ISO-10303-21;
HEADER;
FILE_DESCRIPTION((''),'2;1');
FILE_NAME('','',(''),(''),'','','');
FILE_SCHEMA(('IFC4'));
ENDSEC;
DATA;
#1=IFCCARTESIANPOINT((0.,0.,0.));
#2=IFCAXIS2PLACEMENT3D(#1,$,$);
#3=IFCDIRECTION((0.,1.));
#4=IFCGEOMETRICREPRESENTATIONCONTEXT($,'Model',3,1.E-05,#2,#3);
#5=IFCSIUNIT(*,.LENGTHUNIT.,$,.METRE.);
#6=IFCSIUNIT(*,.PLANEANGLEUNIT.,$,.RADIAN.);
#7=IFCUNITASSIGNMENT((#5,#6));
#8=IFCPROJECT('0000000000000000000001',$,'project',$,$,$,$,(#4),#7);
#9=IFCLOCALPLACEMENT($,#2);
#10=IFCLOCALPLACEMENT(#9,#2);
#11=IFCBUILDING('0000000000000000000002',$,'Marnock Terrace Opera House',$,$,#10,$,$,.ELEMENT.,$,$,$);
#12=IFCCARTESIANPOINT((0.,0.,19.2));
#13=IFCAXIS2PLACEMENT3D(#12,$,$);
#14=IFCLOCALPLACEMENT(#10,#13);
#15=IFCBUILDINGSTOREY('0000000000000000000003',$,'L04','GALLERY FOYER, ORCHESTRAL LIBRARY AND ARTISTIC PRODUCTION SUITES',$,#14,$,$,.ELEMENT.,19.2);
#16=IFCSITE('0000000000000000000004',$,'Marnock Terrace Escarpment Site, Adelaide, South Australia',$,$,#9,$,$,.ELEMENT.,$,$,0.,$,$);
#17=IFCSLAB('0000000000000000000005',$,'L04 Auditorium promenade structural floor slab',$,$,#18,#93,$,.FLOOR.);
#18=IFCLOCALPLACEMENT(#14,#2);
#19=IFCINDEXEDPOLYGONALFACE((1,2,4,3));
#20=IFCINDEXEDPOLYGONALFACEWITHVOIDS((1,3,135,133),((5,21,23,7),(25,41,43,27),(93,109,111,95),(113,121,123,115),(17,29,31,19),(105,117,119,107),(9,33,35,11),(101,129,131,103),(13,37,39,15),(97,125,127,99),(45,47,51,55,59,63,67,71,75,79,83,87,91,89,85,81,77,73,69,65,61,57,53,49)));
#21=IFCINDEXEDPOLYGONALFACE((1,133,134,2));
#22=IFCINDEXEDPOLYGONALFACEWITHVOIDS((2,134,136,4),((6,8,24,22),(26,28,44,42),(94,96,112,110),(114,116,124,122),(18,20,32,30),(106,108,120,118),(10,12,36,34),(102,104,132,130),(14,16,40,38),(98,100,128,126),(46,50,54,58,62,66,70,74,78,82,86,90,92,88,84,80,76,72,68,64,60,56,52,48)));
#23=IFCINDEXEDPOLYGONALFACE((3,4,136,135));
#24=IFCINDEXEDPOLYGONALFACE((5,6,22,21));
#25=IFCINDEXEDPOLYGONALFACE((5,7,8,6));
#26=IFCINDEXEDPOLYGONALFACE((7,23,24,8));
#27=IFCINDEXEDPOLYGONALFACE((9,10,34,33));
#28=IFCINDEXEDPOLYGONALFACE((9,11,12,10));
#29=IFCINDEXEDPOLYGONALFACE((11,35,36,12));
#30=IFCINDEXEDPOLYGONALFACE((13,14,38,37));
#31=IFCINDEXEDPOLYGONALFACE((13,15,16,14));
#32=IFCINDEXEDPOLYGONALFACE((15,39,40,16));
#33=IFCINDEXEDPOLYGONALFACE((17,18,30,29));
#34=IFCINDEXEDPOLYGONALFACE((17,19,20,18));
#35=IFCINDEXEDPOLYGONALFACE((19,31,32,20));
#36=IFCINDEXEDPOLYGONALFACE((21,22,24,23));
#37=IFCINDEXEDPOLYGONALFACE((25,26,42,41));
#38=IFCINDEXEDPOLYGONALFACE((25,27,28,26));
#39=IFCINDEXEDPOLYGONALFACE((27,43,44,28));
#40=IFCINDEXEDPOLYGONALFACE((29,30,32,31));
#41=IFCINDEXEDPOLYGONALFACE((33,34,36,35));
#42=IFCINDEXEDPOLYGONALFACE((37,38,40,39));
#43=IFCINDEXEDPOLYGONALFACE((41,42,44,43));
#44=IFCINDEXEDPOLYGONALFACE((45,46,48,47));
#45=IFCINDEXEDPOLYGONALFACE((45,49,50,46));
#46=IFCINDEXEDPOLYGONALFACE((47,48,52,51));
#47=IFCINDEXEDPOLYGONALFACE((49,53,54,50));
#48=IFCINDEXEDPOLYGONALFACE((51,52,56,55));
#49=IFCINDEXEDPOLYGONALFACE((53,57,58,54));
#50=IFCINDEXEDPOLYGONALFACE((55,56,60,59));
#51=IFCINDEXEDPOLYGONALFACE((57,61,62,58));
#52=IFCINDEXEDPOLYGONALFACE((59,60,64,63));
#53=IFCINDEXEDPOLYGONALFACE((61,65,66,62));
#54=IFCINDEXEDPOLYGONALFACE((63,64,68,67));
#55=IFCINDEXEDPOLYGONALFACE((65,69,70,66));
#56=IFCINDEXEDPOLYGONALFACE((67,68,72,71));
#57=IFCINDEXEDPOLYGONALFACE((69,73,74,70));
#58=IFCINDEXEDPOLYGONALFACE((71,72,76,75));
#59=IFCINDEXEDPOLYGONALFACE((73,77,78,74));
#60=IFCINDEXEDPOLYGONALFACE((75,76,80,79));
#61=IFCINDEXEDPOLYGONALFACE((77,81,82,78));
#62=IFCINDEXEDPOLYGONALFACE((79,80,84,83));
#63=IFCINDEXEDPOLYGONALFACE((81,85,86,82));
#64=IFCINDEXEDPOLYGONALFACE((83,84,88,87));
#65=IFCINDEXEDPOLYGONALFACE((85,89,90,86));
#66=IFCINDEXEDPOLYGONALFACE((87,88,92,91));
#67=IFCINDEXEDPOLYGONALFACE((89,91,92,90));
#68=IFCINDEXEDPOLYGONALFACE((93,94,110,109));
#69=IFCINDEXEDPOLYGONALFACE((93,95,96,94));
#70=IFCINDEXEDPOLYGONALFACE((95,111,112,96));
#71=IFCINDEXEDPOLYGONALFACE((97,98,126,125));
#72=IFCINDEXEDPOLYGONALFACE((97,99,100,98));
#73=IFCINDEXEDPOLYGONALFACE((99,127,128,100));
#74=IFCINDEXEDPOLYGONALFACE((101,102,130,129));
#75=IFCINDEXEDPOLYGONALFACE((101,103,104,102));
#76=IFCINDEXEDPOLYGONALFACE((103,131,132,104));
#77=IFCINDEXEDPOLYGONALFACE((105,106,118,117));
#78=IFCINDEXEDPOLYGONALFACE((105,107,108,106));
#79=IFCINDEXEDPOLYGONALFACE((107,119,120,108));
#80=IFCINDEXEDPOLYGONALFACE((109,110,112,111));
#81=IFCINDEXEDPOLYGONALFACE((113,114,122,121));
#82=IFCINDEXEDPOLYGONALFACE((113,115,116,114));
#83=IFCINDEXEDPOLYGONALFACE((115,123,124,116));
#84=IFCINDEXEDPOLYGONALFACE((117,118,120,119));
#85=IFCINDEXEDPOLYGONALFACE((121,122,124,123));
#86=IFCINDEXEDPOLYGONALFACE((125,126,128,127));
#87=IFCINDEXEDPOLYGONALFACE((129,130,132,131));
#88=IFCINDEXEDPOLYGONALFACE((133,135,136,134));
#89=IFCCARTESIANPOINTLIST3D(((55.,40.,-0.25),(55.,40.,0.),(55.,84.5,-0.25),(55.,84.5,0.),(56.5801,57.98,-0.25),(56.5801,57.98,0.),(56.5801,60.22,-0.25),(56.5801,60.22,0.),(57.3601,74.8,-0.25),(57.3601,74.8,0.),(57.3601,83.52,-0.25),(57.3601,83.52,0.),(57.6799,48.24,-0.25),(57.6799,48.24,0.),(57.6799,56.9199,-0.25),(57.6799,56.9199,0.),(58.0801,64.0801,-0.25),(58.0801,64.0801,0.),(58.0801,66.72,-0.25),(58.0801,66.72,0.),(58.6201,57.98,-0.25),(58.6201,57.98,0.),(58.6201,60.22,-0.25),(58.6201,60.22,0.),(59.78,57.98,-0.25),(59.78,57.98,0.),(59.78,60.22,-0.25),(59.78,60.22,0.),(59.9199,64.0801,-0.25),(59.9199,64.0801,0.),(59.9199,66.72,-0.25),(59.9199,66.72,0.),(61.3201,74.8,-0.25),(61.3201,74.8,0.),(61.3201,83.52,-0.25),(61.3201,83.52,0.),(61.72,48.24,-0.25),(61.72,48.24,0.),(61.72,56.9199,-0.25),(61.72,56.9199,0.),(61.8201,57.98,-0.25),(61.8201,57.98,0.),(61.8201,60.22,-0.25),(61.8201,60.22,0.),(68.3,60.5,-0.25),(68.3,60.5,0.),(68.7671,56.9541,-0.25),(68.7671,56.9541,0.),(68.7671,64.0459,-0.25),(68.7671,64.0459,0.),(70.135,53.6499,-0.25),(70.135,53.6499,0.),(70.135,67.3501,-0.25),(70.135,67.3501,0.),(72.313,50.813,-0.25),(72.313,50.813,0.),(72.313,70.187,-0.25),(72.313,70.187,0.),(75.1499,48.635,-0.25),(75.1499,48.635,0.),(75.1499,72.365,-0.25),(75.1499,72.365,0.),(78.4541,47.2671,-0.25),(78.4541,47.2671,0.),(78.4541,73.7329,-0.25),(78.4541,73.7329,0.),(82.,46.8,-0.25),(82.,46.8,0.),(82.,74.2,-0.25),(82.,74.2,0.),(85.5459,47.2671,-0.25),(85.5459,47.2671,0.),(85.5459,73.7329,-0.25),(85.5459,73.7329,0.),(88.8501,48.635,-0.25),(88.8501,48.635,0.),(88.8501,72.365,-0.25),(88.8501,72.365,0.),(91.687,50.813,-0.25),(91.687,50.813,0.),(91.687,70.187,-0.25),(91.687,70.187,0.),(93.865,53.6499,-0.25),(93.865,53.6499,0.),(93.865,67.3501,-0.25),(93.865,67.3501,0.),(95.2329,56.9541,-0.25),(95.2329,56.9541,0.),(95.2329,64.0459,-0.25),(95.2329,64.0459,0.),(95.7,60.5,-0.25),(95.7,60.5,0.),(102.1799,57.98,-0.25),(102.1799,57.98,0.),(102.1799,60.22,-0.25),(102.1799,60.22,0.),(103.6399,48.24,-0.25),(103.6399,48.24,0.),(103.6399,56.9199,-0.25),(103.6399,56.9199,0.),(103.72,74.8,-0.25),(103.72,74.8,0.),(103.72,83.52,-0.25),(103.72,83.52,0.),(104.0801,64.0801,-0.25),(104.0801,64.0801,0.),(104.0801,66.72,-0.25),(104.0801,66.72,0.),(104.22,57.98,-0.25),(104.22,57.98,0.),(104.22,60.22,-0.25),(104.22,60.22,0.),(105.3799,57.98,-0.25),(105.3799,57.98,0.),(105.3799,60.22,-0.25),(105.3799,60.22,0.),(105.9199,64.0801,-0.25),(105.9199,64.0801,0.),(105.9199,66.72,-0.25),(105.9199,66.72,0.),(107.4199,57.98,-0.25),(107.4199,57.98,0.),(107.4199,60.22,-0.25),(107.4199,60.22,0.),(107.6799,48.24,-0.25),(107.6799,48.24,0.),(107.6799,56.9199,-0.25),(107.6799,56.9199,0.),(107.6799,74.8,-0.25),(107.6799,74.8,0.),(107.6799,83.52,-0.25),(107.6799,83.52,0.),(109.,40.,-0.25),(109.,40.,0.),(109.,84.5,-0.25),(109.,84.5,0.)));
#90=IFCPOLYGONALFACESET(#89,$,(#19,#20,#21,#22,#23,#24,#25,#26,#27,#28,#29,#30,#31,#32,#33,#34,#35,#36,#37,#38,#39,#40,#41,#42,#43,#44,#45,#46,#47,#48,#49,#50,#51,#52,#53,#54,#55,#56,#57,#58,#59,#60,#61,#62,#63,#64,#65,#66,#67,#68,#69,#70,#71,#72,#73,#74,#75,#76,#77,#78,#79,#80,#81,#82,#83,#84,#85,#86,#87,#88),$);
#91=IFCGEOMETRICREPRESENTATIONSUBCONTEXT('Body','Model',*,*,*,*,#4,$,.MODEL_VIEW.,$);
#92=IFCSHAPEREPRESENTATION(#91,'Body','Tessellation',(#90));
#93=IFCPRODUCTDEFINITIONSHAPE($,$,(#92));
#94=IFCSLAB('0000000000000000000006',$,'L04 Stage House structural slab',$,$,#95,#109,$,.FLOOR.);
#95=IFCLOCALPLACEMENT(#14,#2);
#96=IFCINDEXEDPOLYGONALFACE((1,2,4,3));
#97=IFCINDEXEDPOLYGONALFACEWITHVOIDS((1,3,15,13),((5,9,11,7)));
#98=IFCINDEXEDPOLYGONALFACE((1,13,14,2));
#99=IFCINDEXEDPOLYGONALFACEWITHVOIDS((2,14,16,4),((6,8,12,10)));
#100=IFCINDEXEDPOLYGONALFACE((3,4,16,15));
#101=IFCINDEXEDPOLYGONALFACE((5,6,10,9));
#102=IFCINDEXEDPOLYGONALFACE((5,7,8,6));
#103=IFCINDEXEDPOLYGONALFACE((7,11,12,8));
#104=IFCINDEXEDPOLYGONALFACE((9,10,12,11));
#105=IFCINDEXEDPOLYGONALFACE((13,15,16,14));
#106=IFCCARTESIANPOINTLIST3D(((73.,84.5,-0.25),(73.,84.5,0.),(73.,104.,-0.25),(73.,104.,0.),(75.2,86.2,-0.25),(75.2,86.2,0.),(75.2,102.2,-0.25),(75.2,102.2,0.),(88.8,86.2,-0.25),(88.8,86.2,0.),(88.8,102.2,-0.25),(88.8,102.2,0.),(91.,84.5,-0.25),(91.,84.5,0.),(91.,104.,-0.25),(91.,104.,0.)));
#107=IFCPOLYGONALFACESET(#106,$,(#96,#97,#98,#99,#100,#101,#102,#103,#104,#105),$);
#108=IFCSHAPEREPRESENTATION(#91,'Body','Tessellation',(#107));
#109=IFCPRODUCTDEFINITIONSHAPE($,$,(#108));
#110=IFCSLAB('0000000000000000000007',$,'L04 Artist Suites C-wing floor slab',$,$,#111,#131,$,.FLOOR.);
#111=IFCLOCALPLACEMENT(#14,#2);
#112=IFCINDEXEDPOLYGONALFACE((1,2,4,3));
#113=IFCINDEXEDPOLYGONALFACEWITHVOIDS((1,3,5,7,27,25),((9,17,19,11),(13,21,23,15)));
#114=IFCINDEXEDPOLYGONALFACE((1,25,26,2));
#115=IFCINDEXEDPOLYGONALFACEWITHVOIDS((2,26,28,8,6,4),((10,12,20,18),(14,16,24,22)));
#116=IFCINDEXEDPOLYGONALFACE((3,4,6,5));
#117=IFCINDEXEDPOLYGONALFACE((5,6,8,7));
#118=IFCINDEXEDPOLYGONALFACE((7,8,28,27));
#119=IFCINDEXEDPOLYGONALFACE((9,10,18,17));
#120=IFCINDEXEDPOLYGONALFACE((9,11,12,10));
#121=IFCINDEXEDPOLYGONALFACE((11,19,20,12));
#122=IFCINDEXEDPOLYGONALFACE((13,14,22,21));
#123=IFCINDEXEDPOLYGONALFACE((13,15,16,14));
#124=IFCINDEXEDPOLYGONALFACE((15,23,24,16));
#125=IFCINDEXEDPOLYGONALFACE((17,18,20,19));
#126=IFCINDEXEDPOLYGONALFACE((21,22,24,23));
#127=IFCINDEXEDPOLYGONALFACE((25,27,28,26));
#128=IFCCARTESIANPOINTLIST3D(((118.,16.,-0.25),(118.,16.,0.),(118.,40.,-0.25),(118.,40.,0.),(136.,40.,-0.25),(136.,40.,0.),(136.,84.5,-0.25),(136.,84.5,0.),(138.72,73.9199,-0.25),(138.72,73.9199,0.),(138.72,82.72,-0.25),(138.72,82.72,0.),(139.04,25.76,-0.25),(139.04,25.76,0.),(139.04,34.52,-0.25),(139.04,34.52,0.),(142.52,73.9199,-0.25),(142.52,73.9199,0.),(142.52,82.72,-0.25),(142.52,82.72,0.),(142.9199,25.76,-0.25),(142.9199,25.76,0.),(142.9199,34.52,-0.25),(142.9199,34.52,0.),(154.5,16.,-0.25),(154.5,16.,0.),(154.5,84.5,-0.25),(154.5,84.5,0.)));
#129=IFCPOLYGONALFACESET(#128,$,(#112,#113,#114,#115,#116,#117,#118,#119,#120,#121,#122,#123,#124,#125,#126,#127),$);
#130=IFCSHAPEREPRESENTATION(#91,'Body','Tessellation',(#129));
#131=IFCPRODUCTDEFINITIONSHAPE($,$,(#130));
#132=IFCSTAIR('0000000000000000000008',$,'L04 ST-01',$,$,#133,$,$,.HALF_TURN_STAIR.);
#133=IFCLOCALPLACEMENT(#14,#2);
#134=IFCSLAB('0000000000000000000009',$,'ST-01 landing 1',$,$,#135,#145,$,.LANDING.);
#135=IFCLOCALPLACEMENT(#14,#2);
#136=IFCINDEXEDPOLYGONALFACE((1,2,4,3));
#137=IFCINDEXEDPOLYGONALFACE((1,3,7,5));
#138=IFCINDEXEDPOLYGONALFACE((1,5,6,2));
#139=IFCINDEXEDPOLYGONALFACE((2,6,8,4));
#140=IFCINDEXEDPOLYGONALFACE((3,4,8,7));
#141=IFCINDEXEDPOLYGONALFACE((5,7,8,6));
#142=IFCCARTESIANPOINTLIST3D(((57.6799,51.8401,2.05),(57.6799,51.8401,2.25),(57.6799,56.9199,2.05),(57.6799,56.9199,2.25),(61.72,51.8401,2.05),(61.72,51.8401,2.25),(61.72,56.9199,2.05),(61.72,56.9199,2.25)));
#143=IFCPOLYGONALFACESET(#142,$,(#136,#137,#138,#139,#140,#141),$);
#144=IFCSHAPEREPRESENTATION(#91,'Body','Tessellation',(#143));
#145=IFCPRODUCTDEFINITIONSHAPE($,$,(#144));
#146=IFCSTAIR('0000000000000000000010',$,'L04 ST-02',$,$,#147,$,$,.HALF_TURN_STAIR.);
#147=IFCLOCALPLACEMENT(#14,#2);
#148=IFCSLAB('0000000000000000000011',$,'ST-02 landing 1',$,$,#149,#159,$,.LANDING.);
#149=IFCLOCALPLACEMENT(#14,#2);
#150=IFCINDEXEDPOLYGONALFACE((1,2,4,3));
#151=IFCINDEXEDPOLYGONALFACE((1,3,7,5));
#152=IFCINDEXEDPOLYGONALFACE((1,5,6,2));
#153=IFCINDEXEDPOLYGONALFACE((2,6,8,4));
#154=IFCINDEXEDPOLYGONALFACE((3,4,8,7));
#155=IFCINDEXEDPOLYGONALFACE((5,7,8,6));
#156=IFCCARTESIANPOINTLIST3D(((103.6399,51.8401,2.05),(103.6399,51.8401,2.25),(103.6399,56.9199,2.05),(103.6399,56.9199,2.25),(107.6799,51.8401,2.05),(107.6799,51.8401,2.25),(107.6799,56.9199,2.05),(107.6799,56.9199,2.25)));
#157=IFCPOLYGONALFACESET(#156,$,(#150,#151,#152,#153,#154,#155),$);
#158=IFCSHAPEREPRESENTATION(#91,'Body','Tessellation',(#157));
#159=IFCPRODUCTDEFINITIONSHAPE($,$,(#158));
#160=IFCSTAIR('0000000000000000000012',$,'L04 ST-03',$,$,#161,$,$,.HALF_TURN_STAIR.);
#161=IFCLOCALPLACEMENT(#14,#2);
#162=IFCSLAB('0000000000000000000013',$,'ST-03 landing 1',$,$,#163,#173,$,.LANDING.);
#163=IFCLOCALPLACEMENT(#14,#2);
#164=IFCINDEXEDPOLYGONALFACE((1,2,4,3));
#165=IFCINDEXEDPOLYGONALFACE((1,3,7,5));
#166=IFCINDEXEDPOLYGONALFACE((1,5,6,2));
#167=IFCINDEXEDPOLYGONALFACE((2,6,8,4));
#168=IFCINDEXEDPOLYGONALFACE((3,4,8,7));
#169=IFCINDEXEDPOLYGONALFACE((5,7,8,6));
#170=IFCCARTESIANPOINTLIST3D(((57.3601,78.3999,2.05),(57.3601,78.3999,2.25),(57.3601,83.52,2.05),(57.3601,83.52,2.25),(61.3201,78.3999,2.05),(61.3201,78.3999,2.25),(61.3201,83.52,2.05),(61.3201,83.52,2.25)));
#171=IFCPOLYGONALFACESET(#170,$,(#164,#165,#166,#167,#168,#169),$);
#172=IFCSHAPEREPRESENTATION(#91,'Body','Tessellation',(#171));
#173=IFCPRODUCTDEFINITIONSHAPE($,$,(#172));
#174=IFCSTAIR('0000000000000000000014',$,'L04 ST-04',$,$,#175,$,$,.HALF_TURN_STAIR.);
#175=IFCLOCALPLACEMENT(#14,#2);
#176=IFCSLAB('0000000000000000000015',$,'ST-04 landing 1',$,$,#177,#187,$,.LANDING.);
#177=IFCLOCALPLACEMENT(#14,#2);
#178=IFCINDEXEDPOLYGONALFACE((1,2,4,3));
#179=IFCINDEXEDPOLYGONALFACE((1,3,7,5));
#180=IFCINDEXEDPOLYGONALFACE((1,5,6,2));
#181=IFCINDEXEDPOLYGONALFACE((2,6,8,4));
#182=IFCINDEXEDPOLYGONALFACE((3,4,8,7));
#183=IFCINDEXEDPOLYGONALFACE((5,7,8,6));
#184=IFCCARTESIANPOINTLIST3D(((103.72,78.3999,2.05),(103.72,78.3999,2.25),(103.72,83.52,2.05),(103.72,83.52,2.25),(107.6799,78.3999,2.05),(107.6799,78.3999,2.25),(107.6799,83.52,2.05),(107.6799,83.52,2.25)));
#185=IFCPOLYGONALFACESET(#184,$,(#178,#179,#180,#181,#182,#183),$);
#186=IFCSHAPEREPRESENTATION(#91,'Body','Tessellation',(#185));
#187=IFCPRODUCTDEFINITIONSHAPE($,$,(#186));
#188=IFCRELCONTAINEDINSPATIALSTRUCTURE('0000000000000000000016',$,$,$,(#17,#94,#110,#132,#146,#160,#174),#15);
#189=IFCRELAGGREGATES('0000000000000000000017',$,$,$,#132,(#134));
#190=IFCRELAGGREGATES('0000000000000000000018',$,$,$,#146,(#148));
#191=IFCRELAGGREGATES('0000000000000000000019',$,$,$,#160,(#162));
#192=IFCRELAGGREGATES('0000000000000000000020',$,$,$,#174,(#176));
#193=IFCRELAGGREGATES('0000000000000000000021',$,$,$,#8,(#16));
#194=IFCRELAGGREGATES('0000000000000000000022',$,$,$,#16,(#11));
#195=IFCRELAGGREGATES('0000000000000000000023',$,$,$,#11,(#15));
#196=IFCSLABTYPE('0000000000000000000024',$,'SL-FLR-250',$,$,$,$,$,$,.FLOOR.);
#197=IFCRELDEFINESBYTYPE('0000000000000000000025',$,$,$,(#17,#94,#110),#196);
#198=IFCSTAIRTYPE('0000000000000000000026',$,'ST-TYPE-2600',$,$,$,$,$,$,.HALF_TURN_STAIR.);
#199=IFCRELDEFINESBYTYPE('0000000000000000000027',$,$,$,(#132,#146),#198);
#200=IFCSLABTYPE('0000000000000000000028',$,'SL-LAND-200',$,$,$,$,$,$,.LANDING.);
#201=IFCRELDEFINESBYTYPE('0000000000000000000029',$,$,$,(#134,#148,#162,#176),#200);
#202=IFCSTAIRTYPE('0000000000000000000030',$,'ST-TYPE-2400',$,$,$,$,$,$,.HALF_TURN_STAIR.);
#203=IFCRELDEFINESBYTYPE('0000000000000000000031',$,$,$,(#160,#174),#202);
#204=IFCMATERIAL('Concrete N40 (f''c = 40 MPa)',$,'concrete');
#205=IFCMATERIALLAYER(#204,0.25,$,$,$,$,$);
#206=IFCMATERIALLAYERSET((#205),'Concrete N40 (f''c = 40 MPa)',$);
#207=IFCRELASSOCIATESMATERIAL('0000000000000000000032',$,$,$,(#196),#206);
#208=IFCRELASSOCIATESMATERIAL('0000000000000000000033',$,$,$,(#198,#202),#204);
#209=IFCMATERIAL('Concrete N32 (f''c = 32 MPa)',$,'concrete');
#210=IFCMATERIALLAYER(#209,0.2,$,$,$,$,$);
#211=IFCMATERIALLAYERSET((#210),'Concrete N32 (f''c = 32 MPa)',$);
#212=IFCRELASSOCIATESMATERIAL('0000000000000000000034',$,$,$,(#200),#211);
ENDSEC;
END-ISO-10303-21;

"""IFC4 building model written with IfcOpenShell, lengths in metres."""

from ifc_helpers import new_model, si_unit, direction, frame, origin, place, context, subcontext, project, spatial, polyline, outline, extrude, material, layer, layer_set, type_object, element, aggregate, save


model = new_model("IFC4")

# Units and contexts
model_context = context("Model", 3, precision=1e-05, world=origin(), true_north=direction((0.0, 1.0)))
body_context = subcontext(model_context, "Body", "Model", "MODEL_VIEW")
ifc_project = project(units=[si_unit("LENGTHUNIT", "METRE"), si_unit("PLANEANGLEUNIT", "RADIAN")], contexts=[model_context])

# Site, building, storey
site_placement = place(None, origin())
site = spatial("IfcSite", under=ifc_project, at=site_placement, Name="Marnock Terrace Escarpment Site, Adelaide, South Australia", CompositionType="ELEMENT", RefElevation=0.0)
building_placement = place(site_placement, origin())
building = spatial("IfcBuilding", under=site, at=building_placement, Name="Marnock Terrace Opera House", CompositionType="ELEMENT")
storey_placement = place(building_placement, frame((0.0, 0.0, 19.2)))
storey = spatial("IfcBuildingStorey", under=building, at=storey_placement, Name="L04", Description="GALLERY FOYER, ORCHESTRAL LIBRARY AND ARTISTIC PRODUCTION SUITES", CompositionType="ELEMENT", Elevation=19.2)

# Slabs
ifc_material_1 = material(Name="Concrete N40 (f'c = 40 MPa)", Category="concrete")
ifc_layer_1 = layer(ifc_material_1, 0.25)
ifc_layer_set_1 = layer_set([ifc_layer_1], Name="Concrete N40 (f'c = 40 MPa)")
slab_type_1 = type_object("IfcSlabType", Name="SL-FLR-250", PredefinedType="FLOOR", material=ifc_layer_set_1)
slab_1_placement = place(storey_placement, frame((0.0, 0.0, -0.25)))
element("IfcSlab", 1, at=slab_1_placement, inside=storey, type_object=slab_type_1, Name="L04 Auditorium promenade structural floor slab", PredefinedType="FLOOR", context=body_context, shape_type="SweptSolid", body=[
    extrude(outline(polyline([(55.0, 40.0), (109.0, 40.0), (109.0, 84.5), (55.0, 84.5), (55.0, 40.0)]), holes=[polyline([(61.72, 48.24), (61.72, 56.9199), (57.6799, 56.9199), (57.6799, 48.24), (61.72, 48.24)]), polyline([(56.5801, 57.98), (58.6201, 57.98), (58.6201, 60.22), (56.5801, 60.22), (56.5801, 57.98)]), polyline([(59.78, 57.98), (61.8201, 57.98), (61.8201, 60.22), (59.78, 60.22), (59.78, 57.98)]), polyline([(107.6799, 48.24), (107.6799, 56.9199), (103.6399, 56.9199), (103.6399, 48.24), (107.6799, 48.24)]), polyline([(102.1799, 57.98), (104.22, 57.98), (104.22, 60.22), (102.1799, 60.22), (102.1799, 57.98)]), polyline([(105.3799, 57.98), (107.4199, 57.98), (107.4199, 60.22), (105.3799, 60.22), (105.3799, 57.98)]), polyline([(61.3201, 74.8), (61.3201, 83.52), (57.3601, 83.52), (57.3601, 74.8), (61.3201, 74.8)]), polyline([(58.0801, 64.0801), (59.9199, 64.0801), (59.9199, 66.72), (58.0801, 66.72), (58.0801, 64.0801)]), polyline([(107.6799, 74.8), (107.6799, 83.52), (103.72, 83.52), (103.72, 74.8), (107.6799, 74.8)]), polyline([(104.0801, 64.0801), (105.9199, 64.0801), (105.9199, 66.72), (104.0801, 66.72), (104.0801, 64.0801)]), polyline([(95.7, 60.5), (95.2329, 64.0459), (93.865, 67.3501), (91.687, 70.187), (88.8501, 72.365), (85.5459, 73.7329), (82.0, 74.2), (78.4541, 73.7329), (75.1499, 72.365), (72.313, 70.187), (70.135, 67.3501), (68.7671, 64.0459), (68.3, 60.5), (68.7671, 56.9541), (70.135, 53.6499), (72.313, 50.813), (75.1499, 48.635), (78.4541, 47.2671), (82.0, 46.8), (85.5459, 47.2671), (88.8501, 48.635), (91.687, 50.813), (93.865, 53.6499), (95.2329, 56.9541), (95.7, 60.5)])]), origin(), (0.0, 0.0, 1.0), 0.25),
])
slab_2_placement = place(storey_placement, frame((0.0, 0.0, -0.25)))
element("IfcSlab", 2, at=slab_2_placement, inside=storey, type_object=slab_type_1, Name="L04 Stage House structural slab", PredefinedType="FLOOR", context=body_context, shape_type="SweptSolid", body=[
    extrude(outline(polyline([(73.0, 84.5), (91.0, 84.5), (91.0, 104.0), (73.0, 104.0), (73.0, 84.5)]), holes=[polyline([(75.2, 86.2), (88.8, 86.2), (88.8, 102.2), (75.2, 102.2), (75.2, 86.2)])]), origin(), (0.0, 0.0, 1.0), 0.25),
])
slab_3_placement = place(storey_placement, frame((0.0, 0.0, -0.25)))
element("IfcSlab", 3, at=slab_3_placement, inside=storey, type_object=slab_type_1, Name="L04 Artist Suites C-wing floor slab", PredefinedType="FLOOR", context=body_context, shape_type="SweptSolid", body=[
    extrude(outline(polyline([(118.0, 16.0), (154.5, 16.0), (154.5, 84.5), (136.0, 84.5), (136.0, 40.0), (118.0, 40.0), (118.0, 16.0)]), holes=[polyline([(142.9199, 25.76), (142.9199, 34.52), (139.04, 34.52), (139.04, 25.76), (142.9199, 25.76)]), polyline([(142.52, 73.9199), (142.52, 82.72), (138.72, 82.72), (138.72, 73.9199), (142.52, 73.9199)])]), origin(), (0.0, 0.0, 1.0), 0.25),
])

# Stairs, slabs
stair_type_1 = type_object("IfcStairType", Name="ST-TYPE-2600", PredefinedType="HALF_TURN_STAIR", material=ifc_material_1)
stair_1_placement = place(storey_placement, origin())
stair_1 = element("IfcStair", 4, at=stair_1_placement, inside=storey, type_object=stair_type_1, Name="L04 ST-01", PredefinedType="HALF_TURN_STAIR")
ifc_material_2 = material(Name="Concrete N32 (f'c = 32 MPa)", Category="concrete")
ifc_layer_2 = layer(ifc_material_2, 0.2)
ifc_layer_set_2 = layer_set([ifc_layer_2], Name="Concrete N32 (f'c = 32 MPa)")
slab_type_2 = type_object("IfcSlabType", Name="SL-LAND-200", PredefinedType="LANDING", material=ifc_layer_set_2)
slab_4_placement = place(storey_placement, frame((0.0, 0.0, 2.05)))
slab_4 = element("IfcSlab", 5, at=slab_4_placement, type_object=slab_type_2, Name="ST-01 landing 1", PredefinedType="LANDING", context=body_context, shape_type="SweptSolid", body=[
    extrude(outline(polyline([(61.72, 51.8401), (61.72, 56.9199), (57.6799, 56.9199), (57.6799, 51.8401), (61.72, 51.8401)])), origin(), (0.0, 0.0, 1.0), 0.2),
])
aggregate(stair_1, [slab_4])
stair_2_placement = place(storey_placement, origin())
stair_2 = element("IfcStair", 6, at=stair_2_placement, inside=storey, type_object=stair_type_1, Name="L04 ST-02", PredefinedType="HALF_TURN_STAIR")
slab_5_placement = place(storey_placement, frame((0.0, 0.0, 2.05)))
slab_5 = element("IfcSlab", 7, at=slab_5_placement, type_object=slab_type_2, Name="ST-02 landing 1", PredefinedType="LANDING", context=body_context, shape_type="SweptSolid", body=[
    extrude(outline(polyline([(107.6799, 51.8401), (107.6799, 56.9199), (103.6399, 56.9199), (103.6399, 51.8401), (107.6799, 51.8401)])), origin(), (0.0, 0.0, 1.0), 0.2),
])
aggregate(stair_2, [slab_5])
stair_type_2 = type_object("IfcStairType", Name="ST-TYPE-2400", PredefinedType="HALF_TURN_STAIR", material=ifc_material_1)
stair_3_placement = place(storey_placement, origin())
stair_3 = element("IfcStair", 8, at=stair_3_placement, inside=storey, type_object=stair_type_2, Name="L04 ST-03", PredefinedType="HALF_TURN_STAIR")
slab_6_placement = place(storey_placement, frame((0.0, 0.0, 2.05)))
slab_6 = element("IfcSlab", 9, at=slab_6_placement, type_object=slab_type_2, Name="ST-03 landing 1", PredefinedType="LANDING", context=body_context, shape_type="SweptSolid", body=[
    extrude(outline(polyline([(61.3201, 78.3999), (61.3201, 83.52), (57.3601, 83.52), (57.3601, 78.3999), (61.3201, 78.3999)])), origin(), (0.0, 0.0, 1.0), 0.2),
])
aggregate(stair_3, [slab_6])
stair_4_placement = place(storey_placement, origin())
stair_4 = element("IfcStair", 10, at=stair_4_placement, inside=storey, type_object=stair_type_2, Name="L04 ST-04", PredefinedType="HALF_TURN_STAIR")
slab_7_placement = place(storey_placement, frame((0.0, 0.0, 2.05)))
slab_7 = element("IfcSlab", 11, at=slab_7_placement, type_object=slab_type_2, Name="ST-04 landing 1", PredefinedType="LANDING", context=body_context, shape_type="SweptSolid", body=[
    extrude(outline(polyline([(107.6799, 78.3999), (107.6799, 83.52), (103.72, 83.52), (103.72, 78.3999), (107.6799, 78.3999)])), origin(), (0.0, 0.0, 1.0), 0.2),
])
aggregate(stair_4, [slab_7])

save(model, "model.ifc")
